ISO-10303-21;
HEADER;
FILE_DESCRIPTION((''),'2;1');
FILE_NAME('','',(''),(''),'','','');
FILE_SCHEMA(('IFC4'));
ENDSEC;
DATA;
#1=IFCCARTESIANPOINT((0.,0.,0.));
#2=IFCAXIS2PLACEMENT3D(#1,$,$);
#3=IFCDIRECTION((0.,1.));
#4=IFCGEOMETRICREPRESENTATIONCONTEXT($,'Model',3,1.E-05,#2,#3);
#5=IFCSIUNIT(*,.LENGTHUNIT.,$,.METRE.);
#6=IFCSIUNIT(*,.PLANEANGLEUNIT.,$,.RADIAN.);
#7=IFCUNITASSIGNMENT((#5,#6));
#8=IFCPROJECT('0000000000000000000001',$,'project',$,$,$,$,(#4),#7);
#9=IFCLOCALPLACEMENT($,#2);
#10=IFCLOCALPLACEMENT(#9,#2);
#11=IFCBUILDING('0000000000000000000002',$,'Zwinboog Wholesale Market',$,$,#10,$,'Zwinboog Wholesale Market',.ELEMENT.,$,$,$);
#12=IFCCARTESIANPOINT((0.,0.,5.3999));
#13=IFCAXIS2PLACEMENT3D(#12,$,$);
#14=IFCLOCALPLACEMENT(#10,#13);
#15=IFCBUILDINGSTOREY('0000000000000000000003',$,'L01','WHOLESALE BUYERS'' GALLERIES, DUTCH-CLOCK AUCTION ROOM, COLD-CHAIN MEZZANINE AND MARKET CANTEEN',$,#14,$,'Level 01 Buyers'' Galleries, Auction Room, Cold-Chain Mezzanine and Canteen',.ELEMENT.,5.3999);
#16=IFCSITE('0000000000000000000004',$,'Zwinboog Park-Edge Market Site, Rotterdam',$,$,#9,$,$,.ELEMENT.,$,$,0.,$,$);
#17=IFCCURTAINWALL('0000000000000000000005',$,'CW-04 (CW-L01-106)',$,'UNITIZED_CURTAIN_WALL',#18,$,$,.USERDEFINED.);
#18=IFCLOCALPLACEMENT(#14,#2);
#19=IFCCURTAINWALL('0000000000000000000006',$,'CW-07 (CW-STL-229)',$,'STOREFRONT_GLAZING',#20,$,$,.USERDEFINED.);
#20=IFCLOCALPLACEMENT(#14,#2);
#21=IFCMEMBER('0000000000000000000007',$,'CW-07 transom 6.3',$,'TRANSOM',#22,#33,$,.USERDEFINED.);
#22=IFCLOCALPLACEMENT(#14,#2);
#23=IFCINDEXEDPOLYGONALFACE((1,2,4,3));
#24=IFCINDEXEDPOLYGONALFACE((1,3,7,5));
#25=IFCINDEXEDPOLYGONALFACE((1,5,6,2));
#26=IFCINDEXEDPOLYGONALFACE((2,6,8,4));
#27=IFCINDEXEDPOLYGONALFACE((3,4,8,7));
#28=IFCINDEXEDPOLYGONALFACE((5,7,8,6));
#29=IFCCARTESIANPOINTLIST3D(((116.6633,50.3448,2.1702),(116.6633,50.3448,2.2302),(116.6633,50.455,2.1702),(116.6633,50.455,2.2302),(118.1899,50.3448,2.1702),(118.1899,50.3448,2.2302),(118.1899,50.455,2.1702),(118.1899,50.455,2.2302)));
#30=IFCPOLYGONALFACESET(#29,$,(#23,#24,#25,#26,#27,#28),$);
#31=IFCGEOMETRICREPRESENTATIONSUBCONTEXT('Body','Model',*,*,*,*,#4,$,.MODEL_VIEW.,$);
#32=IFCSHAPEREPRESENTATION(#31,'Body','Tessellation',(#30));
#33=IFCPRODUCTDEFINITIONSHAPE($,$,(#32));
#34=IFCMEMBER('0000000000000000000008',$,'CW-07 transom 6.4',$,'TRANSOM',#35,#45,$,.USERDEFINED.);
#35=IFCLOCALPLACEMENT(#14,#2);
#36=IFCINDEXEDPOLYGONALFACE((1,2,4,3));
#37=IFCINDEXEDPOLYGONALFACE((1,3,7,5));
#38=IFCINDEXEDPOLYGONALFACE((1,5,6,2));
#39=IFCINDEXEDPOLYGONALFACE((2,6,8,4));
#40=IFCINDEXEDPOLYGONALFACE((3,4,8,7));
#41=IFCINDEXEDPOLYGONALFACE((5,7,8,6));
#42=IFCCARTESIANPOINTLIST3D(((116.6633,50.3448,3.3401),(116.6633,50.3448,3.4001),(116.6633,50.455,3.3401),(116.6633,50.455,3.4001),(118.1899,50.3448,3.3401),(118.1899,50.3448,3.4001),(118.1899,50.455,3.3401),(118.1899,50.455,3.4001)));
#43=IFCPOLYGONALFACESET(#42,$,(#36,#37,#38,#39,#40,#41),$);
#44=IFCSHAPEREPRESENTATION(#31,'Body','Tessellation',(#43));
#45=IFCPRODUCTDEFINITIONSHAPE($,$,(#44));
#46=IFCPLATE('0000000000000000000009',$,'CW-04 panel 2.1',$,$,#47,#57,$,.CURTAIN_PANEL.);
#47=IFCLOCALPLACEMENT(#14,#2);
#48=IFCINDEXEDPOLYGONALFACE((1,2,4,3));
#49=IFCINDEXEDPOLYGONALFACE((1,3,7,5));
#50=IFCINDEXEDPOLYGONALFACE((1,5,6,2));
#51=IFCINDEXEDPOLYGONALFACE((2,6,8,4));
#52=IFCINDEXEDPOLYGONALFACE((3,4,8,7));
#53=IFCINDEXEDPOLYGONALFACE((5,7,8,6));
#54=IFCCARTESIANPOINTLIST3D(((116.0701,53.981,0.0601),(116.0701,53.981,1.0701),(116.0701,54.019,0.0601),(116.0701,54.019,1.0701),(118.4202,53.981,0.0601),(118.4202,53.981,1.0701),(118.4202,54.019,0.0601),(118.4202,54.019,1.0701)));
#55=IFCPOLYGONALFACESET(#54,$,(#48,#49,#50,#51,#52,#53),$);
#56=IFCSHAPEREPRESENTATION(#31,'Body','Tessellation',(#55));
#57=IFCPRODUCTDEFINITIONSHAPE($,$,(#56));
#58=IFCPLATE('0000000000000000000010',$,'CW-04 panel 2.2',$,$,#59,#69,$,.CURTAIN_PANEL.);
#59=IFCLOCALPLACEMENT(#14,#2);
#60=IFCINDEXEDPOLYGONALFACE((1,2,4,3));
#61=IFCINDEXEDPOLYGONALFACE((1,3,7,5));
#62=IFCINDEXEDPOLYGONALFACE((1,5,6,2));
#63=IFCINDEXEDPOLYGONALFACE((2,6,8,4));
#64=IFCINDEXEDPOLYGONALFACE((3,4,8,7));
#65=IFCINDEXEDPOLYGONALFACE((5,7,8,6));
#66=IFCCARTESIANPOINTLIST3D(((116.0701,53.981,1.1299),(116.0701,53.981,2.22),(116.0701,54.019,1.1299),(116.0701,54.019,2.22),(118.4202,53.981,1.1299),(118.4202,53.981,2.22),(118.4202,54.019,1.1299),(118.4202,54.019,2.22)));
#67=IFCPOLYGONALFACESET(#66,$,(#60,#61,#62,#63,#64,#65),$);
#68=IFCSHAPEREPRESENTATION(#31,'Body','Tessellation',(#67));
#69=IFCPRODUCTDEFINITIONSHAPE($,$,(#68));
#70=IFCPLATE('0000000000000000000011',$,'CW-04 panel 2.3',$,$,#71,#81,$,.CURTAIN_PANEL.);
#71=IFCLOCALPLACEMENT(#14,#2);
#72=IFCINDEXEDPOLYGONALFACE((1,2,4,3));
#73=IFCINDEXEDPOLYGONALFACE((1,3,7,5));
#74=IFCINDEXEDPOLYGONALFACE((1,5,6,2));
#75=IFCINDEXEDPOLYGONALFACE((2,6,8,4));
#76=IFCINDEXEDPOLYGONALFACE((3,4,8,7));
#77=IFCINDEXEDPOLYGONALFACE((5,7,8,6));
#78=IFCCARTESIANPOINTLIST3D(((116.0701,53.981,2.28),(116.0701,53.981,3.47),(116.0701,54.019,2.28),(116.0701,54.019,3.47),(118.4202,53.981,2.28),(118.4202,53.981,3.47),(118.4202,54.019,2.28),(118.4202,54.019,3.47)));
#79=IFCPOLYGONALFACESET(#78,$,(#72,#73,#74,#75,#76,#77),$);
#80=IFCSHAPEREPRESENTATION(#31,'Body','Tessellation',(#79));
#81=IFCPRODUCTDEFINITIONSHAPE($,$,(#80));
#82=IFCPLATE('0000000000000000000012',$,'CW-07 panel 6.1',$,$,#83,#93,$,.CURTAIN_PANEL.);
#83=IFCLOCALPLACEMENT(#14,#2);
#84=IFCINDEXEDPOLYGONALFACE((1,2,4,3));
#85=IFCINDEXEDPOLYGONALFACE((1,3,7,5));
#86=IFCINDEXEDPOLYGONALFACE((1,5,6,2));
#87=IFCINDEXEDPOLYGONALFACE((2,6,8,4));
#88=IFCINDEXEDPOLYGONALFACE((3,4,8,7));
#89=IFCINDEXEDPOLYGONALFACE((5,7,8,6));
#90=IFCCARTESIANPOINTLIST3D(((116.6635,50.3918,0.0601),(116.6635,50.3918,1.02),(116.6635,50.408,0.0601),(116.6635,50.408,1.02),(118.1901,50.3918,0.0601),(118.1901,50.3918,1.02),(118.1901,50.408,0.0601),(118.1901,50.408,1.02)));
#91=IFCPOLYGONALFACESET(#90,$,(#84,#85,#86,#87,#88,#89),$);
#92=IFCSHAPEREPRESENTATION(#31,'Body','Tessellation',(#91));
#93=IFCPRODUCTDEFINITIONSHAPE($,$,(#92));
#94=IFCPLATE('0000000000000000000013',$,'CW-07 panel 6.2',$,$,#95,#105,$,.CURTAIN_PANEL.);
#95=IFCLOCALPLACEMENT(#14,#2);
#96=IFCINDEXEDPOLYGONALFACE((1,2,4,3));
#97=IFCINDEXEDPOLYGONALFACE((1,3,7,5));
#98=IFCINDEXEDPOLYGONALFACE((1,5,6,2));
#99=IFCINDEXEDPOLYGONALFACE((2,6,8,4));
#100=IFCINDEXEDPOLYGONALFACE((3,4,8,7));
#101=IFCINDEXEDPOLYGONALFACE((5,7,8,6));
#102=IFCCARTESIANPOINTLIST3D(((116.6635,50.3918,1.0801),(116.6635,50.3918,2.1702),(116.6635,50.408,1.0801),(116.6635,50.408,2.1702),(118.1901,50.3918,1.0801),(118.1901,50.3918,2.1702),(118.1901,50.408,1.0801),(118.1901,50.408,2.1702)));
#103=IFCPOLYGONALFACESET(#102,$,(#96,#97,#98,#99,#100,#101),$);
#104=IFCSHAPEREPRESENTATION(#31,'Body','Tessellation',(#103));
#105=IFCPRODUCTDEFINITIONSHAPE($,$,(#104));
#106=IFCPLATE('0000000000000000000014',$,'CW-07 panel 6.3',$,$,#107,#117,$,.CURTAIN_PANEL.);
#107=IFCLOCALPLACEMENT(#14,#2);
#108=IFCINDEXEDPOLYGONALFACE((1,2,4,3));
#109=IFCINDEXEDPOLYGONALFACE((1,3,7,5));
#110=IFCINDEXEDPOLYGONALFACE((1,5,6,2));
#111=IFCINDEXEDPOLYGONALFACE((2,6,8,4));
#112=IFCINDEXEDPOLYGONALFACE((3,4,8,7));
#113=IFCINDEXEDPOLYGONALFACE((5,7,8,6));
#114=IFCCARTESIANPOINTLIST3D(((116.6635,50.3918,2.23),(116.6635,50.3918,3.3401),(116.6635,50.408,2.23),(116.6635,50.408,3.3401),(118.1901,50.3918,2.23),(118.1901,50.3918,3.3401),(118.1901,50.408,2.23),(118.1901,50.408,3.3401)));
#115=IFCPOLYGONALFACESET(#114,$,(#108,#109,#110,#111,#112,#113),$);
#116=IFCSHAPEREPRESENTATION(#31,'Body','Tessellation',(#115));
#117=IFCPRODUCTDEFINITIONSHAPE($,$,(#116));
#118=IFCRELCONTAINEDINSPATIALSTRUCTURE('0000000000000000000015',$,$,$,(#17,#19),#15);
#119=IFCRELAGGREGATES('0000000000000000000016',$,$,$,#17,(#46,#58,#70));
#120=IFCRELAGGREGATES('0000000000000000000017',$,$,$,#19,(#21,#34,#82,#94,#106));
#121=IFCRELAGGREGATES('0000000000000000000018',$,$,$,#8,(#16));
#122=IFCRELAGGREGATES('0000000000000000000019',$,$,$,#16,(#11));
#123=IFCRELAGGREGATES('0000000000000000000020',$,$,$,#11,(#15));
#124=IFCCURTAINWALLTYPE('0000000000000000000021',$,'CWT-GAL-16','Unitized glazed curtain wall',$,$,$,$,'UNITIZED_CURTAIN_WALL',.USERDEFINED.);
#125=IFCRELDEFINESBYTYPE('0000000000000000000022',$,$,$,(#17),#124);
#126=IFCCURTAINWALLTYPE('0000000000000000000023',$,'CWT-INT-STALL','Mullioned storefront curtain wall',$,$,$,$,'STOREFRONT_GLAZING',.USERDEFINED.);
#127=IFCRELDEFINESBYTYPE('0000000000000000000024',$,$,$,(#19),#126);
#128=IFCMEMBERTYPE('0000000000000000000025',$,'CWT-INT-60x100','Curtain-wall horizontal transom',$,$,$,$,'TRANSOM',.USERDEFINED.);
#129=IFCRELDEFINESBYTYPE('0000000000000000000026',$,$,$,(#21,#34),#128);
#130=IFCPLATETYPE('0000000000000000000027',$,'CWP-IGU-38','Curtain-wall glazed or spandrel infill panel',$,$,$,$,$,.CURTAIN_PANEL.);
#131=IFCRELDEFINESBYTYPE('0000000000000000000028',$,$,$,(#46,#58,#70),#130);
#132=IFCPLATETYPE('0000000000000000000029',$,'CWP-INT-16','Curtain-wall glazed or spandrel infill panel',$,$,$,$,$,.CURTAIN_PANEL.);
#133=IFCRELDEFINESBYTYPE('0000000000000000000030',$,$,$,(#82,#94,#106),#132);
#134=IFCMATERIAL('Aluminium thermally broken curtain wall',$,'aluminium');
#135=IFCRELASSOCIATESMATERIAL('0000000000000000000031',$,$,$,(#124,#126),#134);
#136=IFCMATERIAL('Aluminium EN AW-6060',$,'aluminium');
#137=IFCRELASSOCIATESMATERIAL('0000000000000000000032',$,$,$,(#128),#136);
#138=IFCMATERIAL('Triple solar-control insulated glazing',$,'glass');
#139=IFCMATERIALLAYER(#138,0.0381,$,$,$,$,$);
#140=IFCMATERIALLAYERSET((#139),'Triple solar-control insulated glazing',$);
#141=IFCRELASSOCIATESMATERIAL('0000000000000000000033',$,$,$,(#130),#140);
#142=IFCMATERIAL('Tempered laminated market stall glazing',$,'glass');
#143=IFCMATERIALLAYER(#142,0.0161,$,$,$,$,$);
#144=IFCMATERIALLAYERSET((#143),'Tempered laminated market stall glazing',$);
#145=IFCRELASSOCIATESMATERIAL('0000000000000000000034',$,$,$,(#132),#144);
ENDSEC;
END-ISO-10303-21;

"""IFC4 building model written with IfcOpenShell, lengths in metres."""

from ifc_helpers import new_model, si_unit, direction, frame, origin, origin_2d, place, context, subcontext, project, spatial, rectangle, extrude, material, layer, layer_set, material_profile, profile_set, type_object, element, aggregate, save


model = new_model("IFC4")

# Units and contexts
model_context = context("Model", 3, precision=1e-05, world=origin(), true_north=direction((0.0, 1.0)))
body_context = subcontext(model_context, "Body", "Model", "MODEL_VIEW")
ifc_project = project(units=[si_unit("LENGTHUNIT", "METRE"), si_unit("PLANEANGLEUNIT", "RADIAN")], contexts=[model_context])

# Site, building, storey
site_placement = place(None, origin())
site = spatial("IfcSite", under=ifc_project, at=site_placement, Name="Zwinboog Park-Edge Market Site, Rotterdam", CompositionType="ELEMENT", RefElevation=0.0)
building_placement = place(site_placement, origin())
building = spatial("IfcBuilding", under=site, at=building_placement, Name="Zwinboog Wholesale Market", LongName="Zwinboog Wholesale Market", CompositionType="ELEMENT")
storey_placement = place(building_placement, frame((0.0, 0.0, 5.3999)))
storey = spatial("IfcBuildingStorey", under=building, at=storey_placement, Name="L01", Description="WHOLESALE BUYERS' GALLERIES, DUTCH-CLOCK AUCTION ROOM, COLD-CHAIN MEZZANINE AND MARKET CANTEEN", LongName="Level 01 Buyers' Galleries, Auction Room, Cold-Chain Mezzanine and Canteen", CompositionType="ELEMENT", Elevation=5.3999)

# Curtain wall
ifc_material_1 = material(Name="Aluminium thermally broken curtain wall", Category="aluminium")
ifc_material_2 = material(Name="Aluminium EN AW-6060", Category="aluminium")
curtain_wall_type_1 = type_object("IfcCurtainWallType", Name="CWT-GAL-16", Description="Unitized glazed curtain wall", ElementType="UNITIZED_CURTAIN_WALL", PredefinedType="USERDEFINED", material=ifc_material_1)
curtain_wall_1_placement = place(storey_placement, origin())
curtain_wall_1 = element("IfcCurtainWall", 1, at=curtain_wall_1_placement, inside=storey, type_object=curtain_wall_type_1, Name="CW-04 (CW-L01-106)", ObjectType="UNITIZED_CURTAIN_WALL", PredefinedType="USERDEFINED")

# Curtain wall, members
curtain_wall_type_2 = type_object("IfcCurtainWallType", Name="CWT-INT-STALL", Description="Mullioned storefront curtain wall", ElementType="STOREFRONT_GLAZING", PredefinedType="USERDEFINED", material=ifc_material_1)
curtain_wall_2_placement = place(storey_placement, origin())
curtain_wall_2 = element("IfcCurtainWall", 2, at=curtain_wall_2_placement, inside=storey, type_object=curtain_wall_type_2, Name="CW-07 (CW-STL-229)", ObjectType="STOREFRONT_GLAZING", PredefinedType="USERDEFINED")
ifc_material_profile_1 = material_profile(ifc_material_2, rectangle(XDim=0.1101, YDim=0.0601, at=origin_2d()), Name="AL 60x110")
ifc_profile_set_1 = profile_set([ifc_material_profile_1], Name="Aluminium EN AW-6060")
member_type_1 = type_object("IfcMemberType", Name="CWT-INT-60x100", Description="Curtain-wall horizontal transom", ElementType="TRANSOM", PredefinedType="USERDEFINED", material=ifc_profile_set_1)
member_1_placement = place(storey_placement, frame((116.6633, 50.3999, 2.2002), z_axis=(1.0, 0.0, 0.0), x_axis=(0.0, 1.0, 0.0)))
member_1 = element("IfcMember", 3, at=member_1_placement, type_object=member_type_1, Name="CW-07 transom 6.3", ObjectType="TRANSOM", PredefinedType="USERDEFINED", context=body_context, shape_type="SweptSolid", body=[
    extrude(rectangle(XDim=0.1101, YDim=0.0601, at=origin_2d()), origin(), (0.0, 0.0, 1.0), 1.5266),
])
member_2_placement = place(storey_placement, frame((116.6633, 50.3999, 3.3701), z_axis=(1.0, 0.0, 0.0), x_axis=(0.0, 1.0, 0.0)))
member_2 = element("IfcMember", 4, at=member_2_placement, type_object=member_type_1, Name="CW-07 transom 6.4", ObjectType="TRANSOM", PredefinedType="USERDEFINED", context=body_context, shape_type="SweptSolid", body=[
    extrude(rectangle(XDim=0.1101, YDim=0.0601, at=origin_2d()), origin(), (0.0, 0.0, 1.0), 1.5266),
])

# Plates
ifc_material_3 = material(Name="Triple solar-control insulated glazing", Category="glass")
ifc_layer_1 = layer(ifc_material_3, 0.0381)
ifc_layer_set_1 = layer_set([ifc_layer_1], Name="Triple solar-control insulated glazing")
plate_type_1 = type_object("IfcPlateType", Name="CWP-IGU-38", Description="Curtain-wall glazed or spandrel infill panel", PredefinedType="CURTAIN_PANEL", material=ifc_layer_set_1)
plate_1_placement = place(storey_placement, frame((117.2451, 54.0, 0.0601), z_axis=(0.0, 0.0, 1.0), x_axis=(1.0, 0.0, 0.0)))
plate_1 = element("IfcPlate", 5, at=plate_1_placement, type_object=plate_type_1, Name="CW-04 panel 2.1", PredefinedType="CURTAIN_PANEL", context=body_context, shape_type="SweptSolid", body=[
    extrude(rectangle(XDim=2.3501, YDim=0.0381, at=origin_2d()), origin(), (0.0, 0.0, 1.0), 1.01),
])
plate_2_placement = place(storey_placement, frame((117.2451, 54.0, 1.1299), z_axis=(0.0, 0.0, 1.0), x_axis=(1.0, 0.0, 0.0)))
plate_2 = element("IfcPlate", 6, at=plate_2_placement, type_object=plate_type_1, Name="CW-04 panel 2.2", PredefinedType="CURTAIN_PANEL", context=body_context, shape_type="SweptSolid", body=[
    extrude(rectangle(XDim=2.3501, YDim=0.0381, at=origin_2d()), origin(), (0.0, 0.0, 1.0), 1.0901),
])
plate_3_placement = place(storey_placement, frame((117.2451, 54.0, 2.28), z_axis=(0.0, 0.0, 1.0), x_axis=(1.0, 0.0, 0.0)))
plate_3 = element("IfcPlate", 7, at=plate_3_placement, type_object=plate_type_1, Name="CW-04 panel 2.3", PredefinedType="CURTAIN_PANEL", context=body_context, shape_type="SweptSolid", body=[
    extrude(rectangle(XDim=2.3501, YDim=0.0381, at=origin_2d()), origin(), (0.0, 0.0, 1.0), 1.1899),
])
aggregate(curtain_wall_1, [plate_1, plate_2, plate_3])
ifc_material_4 = material(Name="Tempered laminated market stall glazing", Category="glass")
ifc_layer_2 = layer(ifc_material_4, 0.0161)
ifc_layer_set_2 = layer_set([ifc_layer_2], Name="Tempered laminated market stall glazing")
plate_type_2 = type_object("IfcPlateType", Name="CWP-INT-16", Description="Curtain-wall glazed or spandrel infill panel", PredefinedType="CURTAIN_PANEL", material=ifc_layer_set_2)
plate_4_placement = place(storey_placement, frame((117.4268, 50.3999, 0.0601), z_axis=(0.0, 0.0, 1.0), x_axis=(1.0, 0.0, 0.0)))
plate_4 = element("IfcPlate", 8, at=plate_4_placement, type_object=plate_type_2, Name="CW-07 panel 6.1", PredefinedType="CURTAIN_PANEL", context=body_context, shape_type="SweptSolid", body=[
    extrude(rectangle(XDim=1.5266, YDim=0.0161, at=origin_2d()), origin(), (0.0, 0.0, 1.0), 0.96),
])
plate_5_placement = place(storey_placement, frame((117.4268, 50.3999, 1.0801), z_axis=(0.0, 0.0, 1.0), x_axis=(1.0, 0.0, 0.0)))
plate_5 = element("IfcPlate", 9, at=plate_5_placement, type_object=plate_type_2, Name="CW-07 panel 6.2", PredefinedType="CURTAIN_PANEL", context=body_context, shape_type="SweptSolid", body=[
    extrude(rectangle(XDim=1.5266, YDim=0.0161, at=origin_2d()), origin(), (0.0, 0.0, 1.0), 1.0901),
])
plate_6_placement = place(storey_placement, frame((117.4268, 50.3999, 2.23), z_axis=(0.0, 0.0, 1.0), x_axis=(1.0, 0.0, 0.0)))
plate_6 = element("IfcPlate", 10, at=plate_6_placement, type_object=plate_type_2, Name="CW-07 panel 6.3", PredefinedType="CURTAIN_PANEL", context=body_context, shape_type="SweptSolid", body=[
    extrude(rectangle(XDim=1.5266, YDim=0.0161, at=origin_2d()), origin(), (0.0, 0.0, 1.0), 1.1101),
])
aggregate(curtain_wall_2, [member_1, member_2, plate_4, plate_5, plate_6])

save(model, "model.ifc")
